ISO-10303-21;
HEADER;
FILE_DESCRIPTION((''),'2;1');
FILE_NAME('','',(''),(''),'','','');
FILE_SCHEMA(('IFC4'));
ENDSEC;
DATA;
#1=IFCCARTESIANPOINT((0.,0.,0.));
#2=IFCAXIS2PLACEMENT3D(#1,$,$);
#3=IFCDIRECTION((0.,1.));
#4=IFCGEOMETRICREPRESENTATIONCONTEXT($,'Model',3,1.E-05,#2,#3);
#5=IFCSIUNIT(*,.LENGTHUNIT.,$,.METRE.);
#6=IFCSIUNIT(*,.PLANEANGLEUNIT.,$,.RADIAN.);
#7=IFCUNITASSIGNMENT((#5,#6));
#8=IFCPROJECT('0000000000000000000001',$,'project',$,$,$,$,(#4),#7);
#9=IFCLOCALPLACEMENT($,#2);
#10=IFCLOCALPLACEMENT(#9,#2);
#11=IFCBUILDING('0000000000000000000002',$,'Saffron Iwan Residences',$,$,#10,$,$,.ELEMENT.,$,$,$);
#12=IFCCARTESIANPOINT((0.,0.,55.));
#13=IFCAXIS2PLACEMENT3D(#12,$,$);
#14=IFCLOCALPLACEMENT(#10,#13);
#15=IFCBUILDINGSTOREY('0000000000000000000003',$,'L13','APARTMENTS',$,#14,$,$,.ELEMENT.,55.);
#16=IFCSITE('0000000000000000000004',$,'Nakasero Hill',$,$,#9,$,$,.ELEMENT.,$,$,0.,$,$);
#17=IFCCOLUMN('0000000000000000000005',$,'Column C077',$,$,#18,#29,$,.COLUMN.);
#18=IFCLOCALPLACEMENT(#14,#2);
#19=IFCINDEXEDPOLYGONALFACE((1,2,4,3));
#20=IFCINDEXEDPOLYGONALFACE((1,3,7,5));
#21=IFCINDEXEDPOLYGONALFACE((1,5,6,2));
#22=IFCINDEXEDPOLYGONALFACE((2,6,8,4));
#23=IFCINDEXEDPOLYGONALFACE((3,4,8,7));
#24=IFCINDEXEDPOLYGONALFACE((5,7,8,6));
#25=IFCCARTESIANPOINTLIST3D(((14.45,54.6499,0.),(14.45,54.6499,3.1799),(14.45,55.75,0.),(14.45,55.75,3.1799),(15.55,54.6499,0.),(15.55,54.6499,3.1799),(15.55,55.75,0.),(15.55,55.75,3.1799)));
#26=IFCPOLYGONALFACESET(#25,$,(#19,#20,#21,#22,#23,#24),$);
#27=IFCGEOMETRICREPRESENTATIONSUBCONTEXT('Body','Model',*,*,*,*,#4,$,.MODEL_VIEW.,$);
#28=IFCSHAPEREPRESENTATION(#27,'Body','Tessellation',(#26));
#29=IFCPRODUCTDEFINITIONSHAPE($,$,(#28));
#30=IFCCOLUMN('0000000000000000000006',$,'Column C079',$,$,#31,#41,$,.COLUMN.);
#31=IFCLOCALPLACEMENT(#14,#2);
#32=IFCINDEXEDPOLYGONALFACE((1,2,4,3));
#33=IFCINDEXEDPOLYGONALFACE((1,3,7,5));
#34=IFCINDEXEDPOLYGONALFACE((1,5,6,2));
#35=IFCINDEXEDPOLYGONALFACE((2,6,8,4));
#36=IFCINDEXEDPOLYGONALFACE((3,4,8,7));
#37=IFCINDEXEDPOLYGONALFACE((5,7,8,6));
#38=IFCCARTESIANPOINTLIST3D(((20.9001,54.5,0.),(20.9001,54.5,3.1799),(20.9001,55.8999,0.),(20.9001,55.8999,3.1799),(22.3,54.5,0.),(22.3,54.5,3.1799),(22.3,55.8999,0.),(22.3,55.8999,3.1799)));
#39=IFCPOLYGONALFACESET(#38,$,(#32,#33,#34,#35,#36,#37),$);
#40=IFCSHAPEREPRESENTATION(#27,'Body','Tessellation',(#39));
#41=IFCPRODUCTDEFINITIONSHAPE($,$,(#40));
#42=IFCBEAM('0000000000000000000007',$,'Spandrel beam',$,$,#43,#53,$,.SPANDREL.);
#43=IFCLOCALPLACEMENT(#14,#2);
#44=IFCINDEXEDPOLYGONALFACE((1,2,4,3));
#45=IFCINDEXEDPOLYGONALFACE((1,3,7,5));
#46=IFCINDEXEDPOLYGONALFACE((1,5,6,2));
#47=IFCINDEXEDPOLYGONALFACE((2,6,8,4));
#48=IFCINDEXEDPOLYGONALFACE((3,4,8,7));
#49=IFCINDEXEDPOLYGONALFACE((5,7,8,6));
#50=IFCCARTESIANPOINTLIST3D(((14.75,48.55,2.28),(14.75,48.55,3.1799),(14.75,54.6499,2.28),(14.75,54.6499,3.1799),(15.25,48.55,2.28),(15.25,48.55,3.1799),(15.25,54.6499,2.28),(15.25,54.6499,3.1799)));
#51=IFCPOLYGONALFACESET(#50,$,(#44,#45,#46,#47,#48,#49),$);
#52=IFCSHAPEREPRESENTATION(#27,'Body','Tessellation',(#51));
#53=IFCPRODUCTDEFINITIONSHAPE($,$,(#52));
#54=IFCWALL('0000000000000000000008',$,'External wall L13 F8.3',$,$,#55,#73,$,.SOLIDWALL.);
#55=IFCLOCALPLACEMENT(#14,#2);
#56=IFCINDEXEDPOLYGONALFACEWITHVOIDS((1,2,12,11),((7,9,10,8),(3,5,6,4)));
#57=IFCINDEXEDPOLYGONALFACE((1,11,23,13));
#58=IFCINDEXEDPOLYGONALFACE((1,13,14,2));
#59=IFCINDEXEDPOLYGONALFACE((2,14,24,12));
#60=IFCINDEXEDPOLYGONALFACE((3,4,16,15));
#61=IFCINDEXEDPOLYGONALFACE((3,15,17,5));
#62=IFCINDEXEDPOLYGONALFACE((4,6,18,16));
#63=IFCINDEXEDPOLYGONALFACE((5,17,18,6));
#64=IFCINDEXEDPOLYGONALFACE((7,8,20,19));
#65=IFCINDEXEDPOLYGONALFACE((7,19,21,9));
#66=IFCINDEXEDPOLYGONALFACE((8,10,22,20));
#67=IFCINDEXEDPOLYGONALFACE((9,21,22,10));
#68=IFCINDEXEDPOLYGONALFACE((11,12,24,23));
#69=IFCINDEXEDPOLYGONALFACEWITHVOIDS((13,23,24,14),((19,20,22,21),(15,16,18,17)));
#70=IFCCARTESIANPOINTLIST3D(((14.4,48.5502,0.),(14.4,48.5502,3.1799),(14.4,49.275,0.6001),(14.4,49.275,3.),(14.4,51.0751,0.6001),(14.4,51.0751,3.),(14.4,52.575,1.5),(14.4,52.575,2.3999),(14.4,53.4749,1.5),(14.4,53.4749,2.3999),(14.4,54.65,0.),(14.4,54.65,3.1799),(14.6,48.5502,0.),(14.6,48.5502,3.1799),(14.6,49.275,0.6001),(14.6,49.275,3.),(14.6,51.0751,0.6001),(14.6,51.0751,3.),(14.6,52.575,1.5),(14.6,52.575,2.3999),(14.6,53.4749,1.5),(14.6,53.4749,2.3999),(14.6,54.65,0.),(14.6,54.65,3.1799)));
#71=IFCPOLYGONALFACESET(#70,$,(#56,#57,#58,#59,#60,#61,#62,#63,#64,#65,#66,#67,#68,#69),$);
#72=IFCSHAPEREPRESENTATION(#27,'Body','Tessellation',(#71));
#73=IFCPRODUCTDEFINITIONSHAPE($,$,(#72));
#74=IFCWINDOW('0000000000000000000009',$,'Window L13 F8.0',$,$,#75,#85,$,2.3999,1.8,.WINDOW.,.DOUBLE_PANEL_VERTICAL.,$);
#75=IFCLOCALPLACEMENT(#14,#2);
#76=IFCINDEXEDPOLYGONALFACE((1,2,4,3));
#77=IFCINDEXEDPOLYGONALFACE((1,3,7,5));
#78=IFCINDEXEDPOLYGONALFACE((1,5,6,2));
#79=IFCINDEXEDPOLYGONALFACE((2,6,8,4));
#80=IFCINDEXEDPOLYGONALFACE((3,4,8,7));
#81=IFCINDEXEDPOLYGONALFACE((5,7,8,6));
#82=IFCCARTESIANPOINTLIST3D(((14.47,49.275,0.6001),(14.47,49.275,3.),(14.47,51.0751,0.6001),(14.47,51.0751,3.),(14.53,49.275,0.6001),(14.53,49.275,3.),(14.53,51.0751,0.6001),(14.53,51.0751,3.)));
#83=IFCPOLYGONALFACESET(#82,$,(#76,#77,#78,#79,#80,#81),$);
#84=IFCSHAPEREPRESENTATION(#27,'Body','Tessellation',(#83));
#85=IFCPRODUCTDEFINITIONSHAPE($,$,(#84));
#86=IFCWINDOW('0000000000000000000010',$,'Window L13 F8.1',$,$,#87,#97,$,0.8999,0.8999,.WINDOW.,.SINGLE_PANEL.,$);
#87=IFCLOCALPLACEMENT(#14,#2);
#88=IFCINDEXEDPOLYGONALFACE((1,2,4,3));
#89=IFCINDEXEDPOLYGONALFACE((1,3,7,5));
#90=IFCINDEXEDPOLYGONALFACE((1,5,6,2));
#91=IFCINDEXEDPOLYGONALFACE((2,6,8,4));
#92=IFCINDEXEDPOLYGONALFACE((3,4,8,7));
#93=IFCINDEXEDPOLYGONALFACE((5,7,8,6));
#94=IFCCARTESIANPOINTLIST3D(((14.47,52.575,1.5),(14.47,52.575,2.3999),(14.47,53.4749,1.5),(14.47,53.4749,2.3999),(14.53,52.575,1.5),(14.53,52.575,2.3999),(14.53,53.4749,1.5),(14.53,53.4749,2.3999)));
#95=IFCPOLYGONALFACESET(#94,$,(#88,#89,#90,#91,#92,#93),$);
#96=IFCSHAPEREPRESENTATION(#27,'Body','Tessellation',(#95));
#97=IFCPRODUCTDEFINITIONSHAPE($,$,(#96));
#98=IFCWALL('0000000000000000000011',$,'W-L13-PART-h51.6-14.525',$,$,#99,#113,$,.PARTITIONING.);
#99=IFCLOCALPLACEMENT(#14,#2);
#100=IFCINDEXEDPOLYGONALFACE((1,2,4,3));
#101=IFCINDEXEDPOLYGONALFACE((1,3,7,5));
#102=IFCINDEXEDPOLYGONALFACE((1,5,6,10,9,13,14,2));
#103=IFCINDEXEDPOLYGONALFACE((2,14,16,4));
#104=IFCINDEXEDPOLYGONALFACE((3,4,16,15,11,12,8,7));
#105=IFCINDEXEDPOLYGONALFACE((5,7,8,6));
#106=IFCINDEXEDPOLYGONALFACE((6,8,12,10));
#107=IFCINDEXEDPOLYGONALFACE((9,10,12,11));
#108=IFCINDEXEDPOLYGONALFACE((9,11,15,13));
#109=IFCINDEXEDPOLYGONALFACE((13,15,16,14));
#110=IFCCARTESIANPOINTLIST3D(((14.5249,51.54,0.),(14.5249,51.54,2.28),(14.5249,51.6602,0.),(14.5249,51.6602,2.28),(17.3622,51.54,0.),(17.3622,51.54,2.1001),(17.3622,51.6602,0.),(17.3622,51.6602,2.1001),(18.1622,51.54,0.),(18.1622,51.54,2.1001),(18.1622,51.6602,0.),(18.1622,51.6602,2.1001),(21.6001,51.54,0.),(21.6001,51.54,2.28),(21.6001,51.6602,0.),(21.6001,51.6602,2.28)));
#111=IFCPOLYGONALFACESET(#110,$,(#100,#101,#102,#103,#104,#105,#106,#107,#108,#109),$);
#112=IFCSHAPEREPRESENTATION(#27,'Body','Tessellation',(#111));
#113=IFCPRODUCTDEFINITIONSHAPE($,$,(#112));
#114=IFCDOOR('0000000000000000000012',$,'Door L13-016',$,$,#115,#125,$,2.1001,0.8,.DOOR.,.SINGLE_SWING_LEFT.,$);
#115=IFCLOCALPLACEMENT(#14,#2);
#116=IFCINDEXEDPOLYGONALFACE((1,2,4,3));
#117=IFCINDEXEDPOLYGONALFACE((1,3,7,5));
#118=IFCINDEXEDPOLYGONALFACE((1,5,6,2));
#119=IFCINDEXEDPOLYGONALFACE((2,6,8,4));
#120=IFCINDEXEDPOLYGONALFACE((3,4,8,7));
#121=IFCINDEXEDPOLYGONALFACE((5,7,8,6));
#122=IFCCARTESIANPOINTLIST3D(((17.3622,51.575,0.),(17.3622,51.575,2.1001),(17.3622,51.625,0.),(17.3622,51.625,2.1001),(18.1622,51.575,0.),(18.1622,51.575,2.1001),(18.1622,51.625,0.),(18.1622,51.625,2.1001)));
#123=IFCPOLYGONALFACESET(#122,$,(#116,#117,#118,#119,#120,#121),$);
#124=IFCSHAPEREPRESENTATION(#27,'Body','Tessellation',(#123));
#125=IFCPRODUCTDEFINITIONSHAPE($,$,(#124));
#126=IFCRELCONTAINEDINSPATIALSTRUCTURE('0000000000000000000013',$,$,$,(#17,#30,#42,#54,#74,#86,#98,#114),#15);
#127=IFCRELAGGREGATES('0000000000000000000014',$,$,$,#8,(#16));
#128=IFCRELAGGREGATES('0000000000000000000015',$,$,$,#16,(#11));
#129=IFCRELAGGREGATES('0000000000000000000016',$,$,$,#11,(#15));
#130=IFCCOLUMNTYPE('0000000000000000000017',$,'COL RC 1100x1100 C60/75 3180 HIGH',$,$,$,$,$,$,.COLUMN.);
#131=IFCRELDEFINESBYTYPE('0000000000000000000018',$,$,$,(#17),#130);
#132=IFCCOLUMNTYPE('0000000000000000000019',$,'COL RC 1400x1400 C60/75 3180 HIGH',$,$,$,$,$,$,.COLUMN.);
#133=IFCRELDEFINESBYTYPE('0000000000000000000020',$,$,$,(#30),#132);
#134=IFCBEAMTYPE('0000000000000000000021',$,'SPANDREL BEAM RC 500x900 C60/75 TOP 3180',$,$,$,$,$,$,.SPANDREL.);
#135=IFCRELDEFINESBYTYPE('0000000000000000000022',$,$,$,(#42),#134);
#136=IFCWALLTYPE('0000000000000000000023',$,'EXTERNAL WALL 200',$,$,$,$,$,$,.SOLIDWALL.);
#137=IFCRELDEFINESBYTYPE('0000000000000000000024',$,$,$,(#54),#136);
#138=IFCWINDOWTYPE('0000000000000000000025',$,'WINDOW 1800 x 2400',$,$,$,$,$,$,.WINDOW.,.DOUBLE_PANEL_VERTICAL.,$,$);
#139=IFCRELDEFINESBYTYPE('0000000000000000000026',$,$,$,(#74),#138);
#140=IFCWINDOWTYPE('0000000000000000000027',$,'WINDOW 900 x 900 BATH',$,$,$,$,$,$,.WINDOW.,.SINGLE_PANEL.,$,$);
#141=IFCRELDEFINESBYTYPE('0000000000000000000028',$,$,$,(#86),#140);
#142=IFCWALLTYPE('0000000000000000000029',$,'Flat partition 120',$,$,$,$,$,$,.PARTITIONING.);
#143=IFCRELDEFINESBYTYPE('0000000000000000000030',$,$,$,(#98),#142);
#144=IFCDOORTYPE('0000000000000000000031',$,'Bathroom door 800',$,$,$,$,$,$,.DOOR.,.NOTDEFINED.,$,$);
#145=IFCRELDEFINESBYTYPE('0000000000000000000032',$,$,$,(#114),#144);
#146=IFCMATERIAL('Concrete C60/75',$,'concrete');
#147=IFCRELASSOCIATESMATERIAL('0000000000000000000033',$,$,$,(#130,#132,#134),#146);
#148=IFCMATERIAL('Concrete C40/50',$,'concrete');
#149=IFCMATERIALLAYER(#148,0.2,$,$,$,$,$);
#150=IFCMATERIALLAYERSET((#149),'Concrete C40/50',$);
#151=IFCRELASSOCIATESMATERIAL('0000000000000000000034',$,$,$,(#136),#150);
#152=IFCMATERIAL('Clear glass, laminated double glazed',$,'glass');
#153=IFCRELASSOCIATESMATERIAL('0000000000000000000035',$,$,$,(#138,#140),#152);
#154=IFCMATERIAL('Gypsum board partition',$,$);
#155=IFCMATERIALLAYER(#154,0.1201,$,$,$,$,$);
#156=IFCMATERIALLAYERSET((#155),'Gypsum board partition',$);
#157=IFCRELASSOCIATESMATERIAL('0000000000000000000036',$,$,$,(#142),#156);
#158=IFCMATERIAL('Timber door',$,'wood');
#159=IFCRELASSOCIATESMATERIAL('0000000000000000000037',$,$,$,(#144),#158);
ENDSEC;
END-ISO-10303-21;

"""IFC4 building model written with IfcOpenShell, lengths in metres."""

from ifc_helpers import new_model, si_unit, direction, frame, frame_2d, origin, origin_2d, place, context, subcontext, project, spatial, rectangle, extrude, source, transform, mapped, material, layer, layer_set, material_profile, profile_set, type_object, element, fill, save


model = new_model("IFC4")

# Units and contexts
model_context = context("Model", 3, precision=1e-05, world=origin(), true_north=direction((0.0, 1.0)))
body_context = subcontext(model_context, "Body", "Model", "MODEL_VIEW")
ifc_project = project(units=[si_unit("LENGTHUNIT", "METRE"), si_unit("PLANEANGLEUNIT", "RADIAN")], contexts=[model_context])

# Site, building, storey
site_placement = place(None, origin())
site = spatial("IfcSite", under=ifc_project, at=site_placement, Name="Nakasero Hill", CompositionType="ELEMENT", RefElevation=0.0)
building_placement = place(site_placement, origin())
building = spatial("IfcBuilding", under=site, at=building_placement, Name="Saffron Iwan Residences", CompositionType="ELEMENT")
storey_placement = place(building_placement, frame((0.0, 0.0, 55.0)))
storey = spatial("IfcBuildingStorey", under=building, at=storey_placement, Name="L13", Description="APARTMENTS", CompositionType="ELEMENT", Elevation=55.0)

# Columns
ifc_material_1 = material(Name="Concrete C60/75", Category="concrete")
ifc_material_profile_1 = material_profile(ifc_material_1, rectangle(XDim=1.1001, YDim=1.1001, at=origin_2d()), Name="RC 1100x1100")
ifc_profile_set_1 = profile_set([ifc_material_profile_1], Name="Concrete C60/75")
column_type_1 = type_object("IfcColumnType", Name="COL RC 1100x1100 C60/75 3180 HIGH", PredefinedType="COLUMN", material=ifc_profile_set_1)
shared_shape_1 = source(origin(), body_context, "Body", "SweptSolid", [
    extrude(rectangle(XDim=1.1001, YDim=1.1001, at=origin_2d()), origin(), (0.0, 0.0, 1.0), 3.1799),
])
column_1_placement = place(storey_placement, frame((15.0, 55.2, 0.0), z_axis=(0.0, 0.0, 1.0), x_axis=(1.0, 0.0, 0.0)))
element("IfcColumn", 1, at=column_1_placement, inside=storey, type_object=column_type_1, Name="Column C077", PredefinedType="COLUMN", context=body_context, shape_type="MappedRepresentation", body=[
    mapped(shared_shape_1, transform((0.0, 0.0, 0.0))),
])
ifc_material_profile_2 = material_profile(ifc_material_1, rectangle(XDim=1.3999, YDim=1.3999, at=origin_2d()), Name="RC 1400x1400")
ifc_profile_set_2 = profile_set([ifc_material_profile_2], Name="Concrete C60/75")
column_type_2 = type_object("IfcColumnType", Name="COL RC 1400x1400 C60/75 3180 HIGH", PredefinedType="COLUMN", material=ifc_profile_set_2)
shared_shape_2 = source(origin(), body_context, "Body", "SweptSolid", [
    extrude(rectangle(XDim=1.3999, YDim=1.3999, at=origin_2d()), origin(), (0.0, 0.0, 1.0), 3.1799),
])
column_2_placement = place(storey_placement, frame((21.6001, 55.2, 0.0), z_axis=(0.0, 0.0, 1.0), x_axis=(1.0, 0.0, 0.0)))
element("IfcColumn", 2, at=column_2_placement, inside=storey, type_object=column_type_2, Name="Column C079", PredefinedType="COLUMN", context=body_context, shape_type="MappedRepresentation", body=[
    mapped(shared_shape_2, transform((0.0, 0.0, 0.0))),
])

# Beam
ifc_material_profile_3 = material_profile(ifc_material_1, rectangle(XDim=0.5, YDim=0.8999, at=origin_2d()), Name="RC 500x900")
ifc_profile_set_3 = profile_set([ifc_material_profile_3], Name="Concrete C60/75")
beam_type = type_object("IfcBeamType", Name="SPANDREL BEAM RC 500x900 C60/75 TOP 3180", PredefinedType="SPANDREL", material=ifc_profile_set_3)
shared_shape_3 = source(origin(), body_context, "Body", "SweptSolid", [
    extrude(rectangle(XDim=0.5, YDim=0.8999, at=origin_2d()), origin(), (0.0, 0.0, 1.0), 6.0999),
])
beam_placement = place(storey_placement, frame((15.0, 48.55, 2.73), z_axis=(0.0, 1.0, 0.0), x_axis=(-1.0, 0.0, 0.0)))
element("IfcBeam", 3, at=beam_placement, inside=storey, type_object=beam_type, Name="Spandrel beam", PredefinedType="SPANDREL", context=body_context, shape_type="MappedRepresentation", body=[
    mapped(shared_shape_3, transform((0.0, 0.0, 0.0))),
])

# Wall, openings, windows
ifc_material_2 = material(Name="Concrete C40/50", Category="concrete")
ifc_layer_1 = layer(ifc_material_2, 0.2)
ifc_layer_set_1 = layer_set([ifc_layer_1], Name="Concrete C40/50")
wall_type_1 = type_object("IfcWallType", Name="EXTERNAL WALL 200", PredefinedType="SOLIDWALL", material=ifc_layer_set_1)
wall_1_placement = place(storey_placement, frame((14.5, 54.6499, 0.0), z_axis=(0.0, 0.0, 1.0), x_axis=(0.0, -1.0, 0.0)))
wall_1 = element("IfcWall", 4, at=wall_1_placement, inside=storey, type_object=wall_type_1, Name="External wall L13 F8.3", PredefinedType="SOLIDWALL", context=body_context, shape_type="SweptSolid", body=[
    extrude(rectangle(XDim=6.0999, YDim=0.2, at=frame_2d((3.0498, 0.0))), origin(), (0.0, 0.0, 1.0), 3.1799),
])
opening_1_placement = place(wall_1_placement, frame((3.575, 0.0, 0.6001)))
opening_1 = element("IfcOpeningElement", 5, at=opening_1_placement, cuts=wall_1, PredefinedType="OPENING", context=body_context, shape_type="SweptSolid", body=[
    extrude(rectangle(XDim=1.8, YDim=2.3999, at=frame_2d((0.8999, 1.2))), frame((0.0, 0.1099, 0.0), z_axis=(0.0, -1.0, 0.0), x_axis=(1.0, 0.0, 0.0)), (0.0, 0.0, 1.0), 0.22),
])
opening_2_placement = place(wall_1_placement, frame((1.175, 0.0, 1.5)))
opening_2 = element("IfcOpeningElement", 6, at=opening_2_placement, cuts=wall_1, PredefinedType="OPENING", context=body_context, shape_type="SweptSolid", body=[
    extrude(rectangle(XDim=0.8999, YDim=0.8999, at=frame_2d((0.45, 0.45))), frame((0.0, 0.1099, 0.0), z_axis=(0.0, -1.0, 0.0), x_axis=(1.0, 0.0, 0.0)), (0.0, 0.0, 1.0), 0.22),
])
ifc_material_3 = material(Name="Clear glass, laminated double glazed", Category="glass")
window_type_1 = type_object("IfcWindowType", Name="WINDOW 1800 x 2400", PartitioningType="DOUBLE_PANEL_VERTICAL", PredefinedType="WINDOW", material=ifc_material_3)
window_1_placement = place(opening_1_placement, origin())
window_1 = element("IfcWindow", 7, at=window_1_placement, inside=storey, type_object=window_type_1, Name="Window L13 F8.0", OverallHeight=2.3999, OverallWidth=1.8, PartitioningType="DOUBLE_PANEL_VERTICAL", PredefinedType="WINDOW", context=body_context, shape_type="SweptSolid", body=[
    extrude(rectangle(XDim=1.8, YDim=2.3999, at=frame_2d((0.8999, 1.2))), frame((0.0, 0.03, 0.0), z_axis=(0.0, -1.0, 0.0), x_axis=(1.0, 0.0, 0.0)), (0.0, 0.0, 1.0), 0.0601),
])
fill(opening_1, window_1)
window_type_2 = type_object("IfcWindowType", Name="WINDOW 900 x 900 BATH", PartitioningType="SINGLE_PANEL", PredefinedType="WINDOW", material=ifc_material_3)
window_2_placement = place(opening_2_placement, origin())
window_2 = element("IfcWindow", 8, at=window_2_placement, inside=storey, type_object=window_type_2, Name="Window L13 F8.1", OverallHeight=0.8999, OverallWidth=0.8999, PartitioningType="SINGLE_PANEL", PredefinedType="WINDOW", context=body_context, shape_type="SweptSolid", body=[
    extrude(rectangle(XDim=0.8999, YDim=0.8999, at=frame_2d((0.45, 0.45))), frame((0.0, 0.03, 0.0), z_axis=(0.0, -1.0, 0.0), x_axis=(1.0, 0.0, 0.0)), (0.0, 0.0, 1.0), 0.0601),
])
fill(opening_2, window_2)

# Wall, opening, door
ifc_material_4 = material(Name="Gypsum board partition")
ifc_layer_2 = layer(ifc_material_4, 0.1201)
ifc_layer_set_2 = layer_set([ifc_layer_2], Name="Gypsum board partition")
wall_type_2 = type_object("IfcWallType", Name="Flat partition 120", PredefinedType="PARTITIONING", material=ifc_layer_set_2)
wall_2_placement = place(storey_placement, frame((14.5249, 51.6001, 0.0), z_axis=(0.0, 0.0, 1.0), x_axis=(1.0, 0.0, 0.0)))
wall_2 = element("IfcWall", 9, at=wall_2_placement, inside=storey, type_object=wall_type_2, Name="W-L13-PART-h51.6-14.525", PredefinedType="PARTITIONING", context=body_context, shape_type="SweptSolid", body=[
    extrude(rectangle(XDim=7.0752, YDim=0.1201, at=frame_2d((3.5376, 0.0))), origin(), (0.0, 0.0, 1.0), 2.28),
])
opening_3_placement = place(wall_2_placement, frame((2.8374, 0.0, 0.0)))
opening_3 = element("IfcOpeningElement", 10, at=opening_3_placement, cuts=wall_2, PredefinedType="OPENING", context=body_context, shape_type="SweptSolid", body=[
    extrude(rectangle(XDim=0.8, YDim=2.1001, at=frame_2d((0.3999, 1.05))), frame((0.0, 0.0701, 0.0), z_axis=(0.0, -1.0, 0.0), x_axis=(1.0, 0.0, 0.0)), (0.0, 0.0, 1.0), 0.1401),
])
ifc_material_5 = material(Name="Timber door", Category="wood")
door_type_1 = type_object("IfcDoorType", Name="Bathroom door 800", OperationType="NOTDEFINED", PredefinedType="DOOR", material=ifc_material_5)
door_1_placement = place(opening_3_placement, origin())
door_1 = element("IfcDoor", 11, at=door_1_placement, inside=storey, type_object=door_type_1, Name="Door L13-016", OperationType="SINGLE_SWING_LEFT", OverallHeight=2.1001, OverallWidth=0.8, PredefinedType="DOOR", context=body_context, shape_type="SweptSolid", body=[
    extrude(rectangle(XDim=0.8, YDim=2.1001, at=frame_2d((0.3999, 1.05))), frame((0.0, 0.0249, 0.0), z_axis=(0.0, -1.0, 0.0), x_axis=(1.0, 0.0, 0.0)), (0.0, 0.0, 1.0), 0.05),
])
fill(opening_3, door_1)

save(model, "model.ifc")
